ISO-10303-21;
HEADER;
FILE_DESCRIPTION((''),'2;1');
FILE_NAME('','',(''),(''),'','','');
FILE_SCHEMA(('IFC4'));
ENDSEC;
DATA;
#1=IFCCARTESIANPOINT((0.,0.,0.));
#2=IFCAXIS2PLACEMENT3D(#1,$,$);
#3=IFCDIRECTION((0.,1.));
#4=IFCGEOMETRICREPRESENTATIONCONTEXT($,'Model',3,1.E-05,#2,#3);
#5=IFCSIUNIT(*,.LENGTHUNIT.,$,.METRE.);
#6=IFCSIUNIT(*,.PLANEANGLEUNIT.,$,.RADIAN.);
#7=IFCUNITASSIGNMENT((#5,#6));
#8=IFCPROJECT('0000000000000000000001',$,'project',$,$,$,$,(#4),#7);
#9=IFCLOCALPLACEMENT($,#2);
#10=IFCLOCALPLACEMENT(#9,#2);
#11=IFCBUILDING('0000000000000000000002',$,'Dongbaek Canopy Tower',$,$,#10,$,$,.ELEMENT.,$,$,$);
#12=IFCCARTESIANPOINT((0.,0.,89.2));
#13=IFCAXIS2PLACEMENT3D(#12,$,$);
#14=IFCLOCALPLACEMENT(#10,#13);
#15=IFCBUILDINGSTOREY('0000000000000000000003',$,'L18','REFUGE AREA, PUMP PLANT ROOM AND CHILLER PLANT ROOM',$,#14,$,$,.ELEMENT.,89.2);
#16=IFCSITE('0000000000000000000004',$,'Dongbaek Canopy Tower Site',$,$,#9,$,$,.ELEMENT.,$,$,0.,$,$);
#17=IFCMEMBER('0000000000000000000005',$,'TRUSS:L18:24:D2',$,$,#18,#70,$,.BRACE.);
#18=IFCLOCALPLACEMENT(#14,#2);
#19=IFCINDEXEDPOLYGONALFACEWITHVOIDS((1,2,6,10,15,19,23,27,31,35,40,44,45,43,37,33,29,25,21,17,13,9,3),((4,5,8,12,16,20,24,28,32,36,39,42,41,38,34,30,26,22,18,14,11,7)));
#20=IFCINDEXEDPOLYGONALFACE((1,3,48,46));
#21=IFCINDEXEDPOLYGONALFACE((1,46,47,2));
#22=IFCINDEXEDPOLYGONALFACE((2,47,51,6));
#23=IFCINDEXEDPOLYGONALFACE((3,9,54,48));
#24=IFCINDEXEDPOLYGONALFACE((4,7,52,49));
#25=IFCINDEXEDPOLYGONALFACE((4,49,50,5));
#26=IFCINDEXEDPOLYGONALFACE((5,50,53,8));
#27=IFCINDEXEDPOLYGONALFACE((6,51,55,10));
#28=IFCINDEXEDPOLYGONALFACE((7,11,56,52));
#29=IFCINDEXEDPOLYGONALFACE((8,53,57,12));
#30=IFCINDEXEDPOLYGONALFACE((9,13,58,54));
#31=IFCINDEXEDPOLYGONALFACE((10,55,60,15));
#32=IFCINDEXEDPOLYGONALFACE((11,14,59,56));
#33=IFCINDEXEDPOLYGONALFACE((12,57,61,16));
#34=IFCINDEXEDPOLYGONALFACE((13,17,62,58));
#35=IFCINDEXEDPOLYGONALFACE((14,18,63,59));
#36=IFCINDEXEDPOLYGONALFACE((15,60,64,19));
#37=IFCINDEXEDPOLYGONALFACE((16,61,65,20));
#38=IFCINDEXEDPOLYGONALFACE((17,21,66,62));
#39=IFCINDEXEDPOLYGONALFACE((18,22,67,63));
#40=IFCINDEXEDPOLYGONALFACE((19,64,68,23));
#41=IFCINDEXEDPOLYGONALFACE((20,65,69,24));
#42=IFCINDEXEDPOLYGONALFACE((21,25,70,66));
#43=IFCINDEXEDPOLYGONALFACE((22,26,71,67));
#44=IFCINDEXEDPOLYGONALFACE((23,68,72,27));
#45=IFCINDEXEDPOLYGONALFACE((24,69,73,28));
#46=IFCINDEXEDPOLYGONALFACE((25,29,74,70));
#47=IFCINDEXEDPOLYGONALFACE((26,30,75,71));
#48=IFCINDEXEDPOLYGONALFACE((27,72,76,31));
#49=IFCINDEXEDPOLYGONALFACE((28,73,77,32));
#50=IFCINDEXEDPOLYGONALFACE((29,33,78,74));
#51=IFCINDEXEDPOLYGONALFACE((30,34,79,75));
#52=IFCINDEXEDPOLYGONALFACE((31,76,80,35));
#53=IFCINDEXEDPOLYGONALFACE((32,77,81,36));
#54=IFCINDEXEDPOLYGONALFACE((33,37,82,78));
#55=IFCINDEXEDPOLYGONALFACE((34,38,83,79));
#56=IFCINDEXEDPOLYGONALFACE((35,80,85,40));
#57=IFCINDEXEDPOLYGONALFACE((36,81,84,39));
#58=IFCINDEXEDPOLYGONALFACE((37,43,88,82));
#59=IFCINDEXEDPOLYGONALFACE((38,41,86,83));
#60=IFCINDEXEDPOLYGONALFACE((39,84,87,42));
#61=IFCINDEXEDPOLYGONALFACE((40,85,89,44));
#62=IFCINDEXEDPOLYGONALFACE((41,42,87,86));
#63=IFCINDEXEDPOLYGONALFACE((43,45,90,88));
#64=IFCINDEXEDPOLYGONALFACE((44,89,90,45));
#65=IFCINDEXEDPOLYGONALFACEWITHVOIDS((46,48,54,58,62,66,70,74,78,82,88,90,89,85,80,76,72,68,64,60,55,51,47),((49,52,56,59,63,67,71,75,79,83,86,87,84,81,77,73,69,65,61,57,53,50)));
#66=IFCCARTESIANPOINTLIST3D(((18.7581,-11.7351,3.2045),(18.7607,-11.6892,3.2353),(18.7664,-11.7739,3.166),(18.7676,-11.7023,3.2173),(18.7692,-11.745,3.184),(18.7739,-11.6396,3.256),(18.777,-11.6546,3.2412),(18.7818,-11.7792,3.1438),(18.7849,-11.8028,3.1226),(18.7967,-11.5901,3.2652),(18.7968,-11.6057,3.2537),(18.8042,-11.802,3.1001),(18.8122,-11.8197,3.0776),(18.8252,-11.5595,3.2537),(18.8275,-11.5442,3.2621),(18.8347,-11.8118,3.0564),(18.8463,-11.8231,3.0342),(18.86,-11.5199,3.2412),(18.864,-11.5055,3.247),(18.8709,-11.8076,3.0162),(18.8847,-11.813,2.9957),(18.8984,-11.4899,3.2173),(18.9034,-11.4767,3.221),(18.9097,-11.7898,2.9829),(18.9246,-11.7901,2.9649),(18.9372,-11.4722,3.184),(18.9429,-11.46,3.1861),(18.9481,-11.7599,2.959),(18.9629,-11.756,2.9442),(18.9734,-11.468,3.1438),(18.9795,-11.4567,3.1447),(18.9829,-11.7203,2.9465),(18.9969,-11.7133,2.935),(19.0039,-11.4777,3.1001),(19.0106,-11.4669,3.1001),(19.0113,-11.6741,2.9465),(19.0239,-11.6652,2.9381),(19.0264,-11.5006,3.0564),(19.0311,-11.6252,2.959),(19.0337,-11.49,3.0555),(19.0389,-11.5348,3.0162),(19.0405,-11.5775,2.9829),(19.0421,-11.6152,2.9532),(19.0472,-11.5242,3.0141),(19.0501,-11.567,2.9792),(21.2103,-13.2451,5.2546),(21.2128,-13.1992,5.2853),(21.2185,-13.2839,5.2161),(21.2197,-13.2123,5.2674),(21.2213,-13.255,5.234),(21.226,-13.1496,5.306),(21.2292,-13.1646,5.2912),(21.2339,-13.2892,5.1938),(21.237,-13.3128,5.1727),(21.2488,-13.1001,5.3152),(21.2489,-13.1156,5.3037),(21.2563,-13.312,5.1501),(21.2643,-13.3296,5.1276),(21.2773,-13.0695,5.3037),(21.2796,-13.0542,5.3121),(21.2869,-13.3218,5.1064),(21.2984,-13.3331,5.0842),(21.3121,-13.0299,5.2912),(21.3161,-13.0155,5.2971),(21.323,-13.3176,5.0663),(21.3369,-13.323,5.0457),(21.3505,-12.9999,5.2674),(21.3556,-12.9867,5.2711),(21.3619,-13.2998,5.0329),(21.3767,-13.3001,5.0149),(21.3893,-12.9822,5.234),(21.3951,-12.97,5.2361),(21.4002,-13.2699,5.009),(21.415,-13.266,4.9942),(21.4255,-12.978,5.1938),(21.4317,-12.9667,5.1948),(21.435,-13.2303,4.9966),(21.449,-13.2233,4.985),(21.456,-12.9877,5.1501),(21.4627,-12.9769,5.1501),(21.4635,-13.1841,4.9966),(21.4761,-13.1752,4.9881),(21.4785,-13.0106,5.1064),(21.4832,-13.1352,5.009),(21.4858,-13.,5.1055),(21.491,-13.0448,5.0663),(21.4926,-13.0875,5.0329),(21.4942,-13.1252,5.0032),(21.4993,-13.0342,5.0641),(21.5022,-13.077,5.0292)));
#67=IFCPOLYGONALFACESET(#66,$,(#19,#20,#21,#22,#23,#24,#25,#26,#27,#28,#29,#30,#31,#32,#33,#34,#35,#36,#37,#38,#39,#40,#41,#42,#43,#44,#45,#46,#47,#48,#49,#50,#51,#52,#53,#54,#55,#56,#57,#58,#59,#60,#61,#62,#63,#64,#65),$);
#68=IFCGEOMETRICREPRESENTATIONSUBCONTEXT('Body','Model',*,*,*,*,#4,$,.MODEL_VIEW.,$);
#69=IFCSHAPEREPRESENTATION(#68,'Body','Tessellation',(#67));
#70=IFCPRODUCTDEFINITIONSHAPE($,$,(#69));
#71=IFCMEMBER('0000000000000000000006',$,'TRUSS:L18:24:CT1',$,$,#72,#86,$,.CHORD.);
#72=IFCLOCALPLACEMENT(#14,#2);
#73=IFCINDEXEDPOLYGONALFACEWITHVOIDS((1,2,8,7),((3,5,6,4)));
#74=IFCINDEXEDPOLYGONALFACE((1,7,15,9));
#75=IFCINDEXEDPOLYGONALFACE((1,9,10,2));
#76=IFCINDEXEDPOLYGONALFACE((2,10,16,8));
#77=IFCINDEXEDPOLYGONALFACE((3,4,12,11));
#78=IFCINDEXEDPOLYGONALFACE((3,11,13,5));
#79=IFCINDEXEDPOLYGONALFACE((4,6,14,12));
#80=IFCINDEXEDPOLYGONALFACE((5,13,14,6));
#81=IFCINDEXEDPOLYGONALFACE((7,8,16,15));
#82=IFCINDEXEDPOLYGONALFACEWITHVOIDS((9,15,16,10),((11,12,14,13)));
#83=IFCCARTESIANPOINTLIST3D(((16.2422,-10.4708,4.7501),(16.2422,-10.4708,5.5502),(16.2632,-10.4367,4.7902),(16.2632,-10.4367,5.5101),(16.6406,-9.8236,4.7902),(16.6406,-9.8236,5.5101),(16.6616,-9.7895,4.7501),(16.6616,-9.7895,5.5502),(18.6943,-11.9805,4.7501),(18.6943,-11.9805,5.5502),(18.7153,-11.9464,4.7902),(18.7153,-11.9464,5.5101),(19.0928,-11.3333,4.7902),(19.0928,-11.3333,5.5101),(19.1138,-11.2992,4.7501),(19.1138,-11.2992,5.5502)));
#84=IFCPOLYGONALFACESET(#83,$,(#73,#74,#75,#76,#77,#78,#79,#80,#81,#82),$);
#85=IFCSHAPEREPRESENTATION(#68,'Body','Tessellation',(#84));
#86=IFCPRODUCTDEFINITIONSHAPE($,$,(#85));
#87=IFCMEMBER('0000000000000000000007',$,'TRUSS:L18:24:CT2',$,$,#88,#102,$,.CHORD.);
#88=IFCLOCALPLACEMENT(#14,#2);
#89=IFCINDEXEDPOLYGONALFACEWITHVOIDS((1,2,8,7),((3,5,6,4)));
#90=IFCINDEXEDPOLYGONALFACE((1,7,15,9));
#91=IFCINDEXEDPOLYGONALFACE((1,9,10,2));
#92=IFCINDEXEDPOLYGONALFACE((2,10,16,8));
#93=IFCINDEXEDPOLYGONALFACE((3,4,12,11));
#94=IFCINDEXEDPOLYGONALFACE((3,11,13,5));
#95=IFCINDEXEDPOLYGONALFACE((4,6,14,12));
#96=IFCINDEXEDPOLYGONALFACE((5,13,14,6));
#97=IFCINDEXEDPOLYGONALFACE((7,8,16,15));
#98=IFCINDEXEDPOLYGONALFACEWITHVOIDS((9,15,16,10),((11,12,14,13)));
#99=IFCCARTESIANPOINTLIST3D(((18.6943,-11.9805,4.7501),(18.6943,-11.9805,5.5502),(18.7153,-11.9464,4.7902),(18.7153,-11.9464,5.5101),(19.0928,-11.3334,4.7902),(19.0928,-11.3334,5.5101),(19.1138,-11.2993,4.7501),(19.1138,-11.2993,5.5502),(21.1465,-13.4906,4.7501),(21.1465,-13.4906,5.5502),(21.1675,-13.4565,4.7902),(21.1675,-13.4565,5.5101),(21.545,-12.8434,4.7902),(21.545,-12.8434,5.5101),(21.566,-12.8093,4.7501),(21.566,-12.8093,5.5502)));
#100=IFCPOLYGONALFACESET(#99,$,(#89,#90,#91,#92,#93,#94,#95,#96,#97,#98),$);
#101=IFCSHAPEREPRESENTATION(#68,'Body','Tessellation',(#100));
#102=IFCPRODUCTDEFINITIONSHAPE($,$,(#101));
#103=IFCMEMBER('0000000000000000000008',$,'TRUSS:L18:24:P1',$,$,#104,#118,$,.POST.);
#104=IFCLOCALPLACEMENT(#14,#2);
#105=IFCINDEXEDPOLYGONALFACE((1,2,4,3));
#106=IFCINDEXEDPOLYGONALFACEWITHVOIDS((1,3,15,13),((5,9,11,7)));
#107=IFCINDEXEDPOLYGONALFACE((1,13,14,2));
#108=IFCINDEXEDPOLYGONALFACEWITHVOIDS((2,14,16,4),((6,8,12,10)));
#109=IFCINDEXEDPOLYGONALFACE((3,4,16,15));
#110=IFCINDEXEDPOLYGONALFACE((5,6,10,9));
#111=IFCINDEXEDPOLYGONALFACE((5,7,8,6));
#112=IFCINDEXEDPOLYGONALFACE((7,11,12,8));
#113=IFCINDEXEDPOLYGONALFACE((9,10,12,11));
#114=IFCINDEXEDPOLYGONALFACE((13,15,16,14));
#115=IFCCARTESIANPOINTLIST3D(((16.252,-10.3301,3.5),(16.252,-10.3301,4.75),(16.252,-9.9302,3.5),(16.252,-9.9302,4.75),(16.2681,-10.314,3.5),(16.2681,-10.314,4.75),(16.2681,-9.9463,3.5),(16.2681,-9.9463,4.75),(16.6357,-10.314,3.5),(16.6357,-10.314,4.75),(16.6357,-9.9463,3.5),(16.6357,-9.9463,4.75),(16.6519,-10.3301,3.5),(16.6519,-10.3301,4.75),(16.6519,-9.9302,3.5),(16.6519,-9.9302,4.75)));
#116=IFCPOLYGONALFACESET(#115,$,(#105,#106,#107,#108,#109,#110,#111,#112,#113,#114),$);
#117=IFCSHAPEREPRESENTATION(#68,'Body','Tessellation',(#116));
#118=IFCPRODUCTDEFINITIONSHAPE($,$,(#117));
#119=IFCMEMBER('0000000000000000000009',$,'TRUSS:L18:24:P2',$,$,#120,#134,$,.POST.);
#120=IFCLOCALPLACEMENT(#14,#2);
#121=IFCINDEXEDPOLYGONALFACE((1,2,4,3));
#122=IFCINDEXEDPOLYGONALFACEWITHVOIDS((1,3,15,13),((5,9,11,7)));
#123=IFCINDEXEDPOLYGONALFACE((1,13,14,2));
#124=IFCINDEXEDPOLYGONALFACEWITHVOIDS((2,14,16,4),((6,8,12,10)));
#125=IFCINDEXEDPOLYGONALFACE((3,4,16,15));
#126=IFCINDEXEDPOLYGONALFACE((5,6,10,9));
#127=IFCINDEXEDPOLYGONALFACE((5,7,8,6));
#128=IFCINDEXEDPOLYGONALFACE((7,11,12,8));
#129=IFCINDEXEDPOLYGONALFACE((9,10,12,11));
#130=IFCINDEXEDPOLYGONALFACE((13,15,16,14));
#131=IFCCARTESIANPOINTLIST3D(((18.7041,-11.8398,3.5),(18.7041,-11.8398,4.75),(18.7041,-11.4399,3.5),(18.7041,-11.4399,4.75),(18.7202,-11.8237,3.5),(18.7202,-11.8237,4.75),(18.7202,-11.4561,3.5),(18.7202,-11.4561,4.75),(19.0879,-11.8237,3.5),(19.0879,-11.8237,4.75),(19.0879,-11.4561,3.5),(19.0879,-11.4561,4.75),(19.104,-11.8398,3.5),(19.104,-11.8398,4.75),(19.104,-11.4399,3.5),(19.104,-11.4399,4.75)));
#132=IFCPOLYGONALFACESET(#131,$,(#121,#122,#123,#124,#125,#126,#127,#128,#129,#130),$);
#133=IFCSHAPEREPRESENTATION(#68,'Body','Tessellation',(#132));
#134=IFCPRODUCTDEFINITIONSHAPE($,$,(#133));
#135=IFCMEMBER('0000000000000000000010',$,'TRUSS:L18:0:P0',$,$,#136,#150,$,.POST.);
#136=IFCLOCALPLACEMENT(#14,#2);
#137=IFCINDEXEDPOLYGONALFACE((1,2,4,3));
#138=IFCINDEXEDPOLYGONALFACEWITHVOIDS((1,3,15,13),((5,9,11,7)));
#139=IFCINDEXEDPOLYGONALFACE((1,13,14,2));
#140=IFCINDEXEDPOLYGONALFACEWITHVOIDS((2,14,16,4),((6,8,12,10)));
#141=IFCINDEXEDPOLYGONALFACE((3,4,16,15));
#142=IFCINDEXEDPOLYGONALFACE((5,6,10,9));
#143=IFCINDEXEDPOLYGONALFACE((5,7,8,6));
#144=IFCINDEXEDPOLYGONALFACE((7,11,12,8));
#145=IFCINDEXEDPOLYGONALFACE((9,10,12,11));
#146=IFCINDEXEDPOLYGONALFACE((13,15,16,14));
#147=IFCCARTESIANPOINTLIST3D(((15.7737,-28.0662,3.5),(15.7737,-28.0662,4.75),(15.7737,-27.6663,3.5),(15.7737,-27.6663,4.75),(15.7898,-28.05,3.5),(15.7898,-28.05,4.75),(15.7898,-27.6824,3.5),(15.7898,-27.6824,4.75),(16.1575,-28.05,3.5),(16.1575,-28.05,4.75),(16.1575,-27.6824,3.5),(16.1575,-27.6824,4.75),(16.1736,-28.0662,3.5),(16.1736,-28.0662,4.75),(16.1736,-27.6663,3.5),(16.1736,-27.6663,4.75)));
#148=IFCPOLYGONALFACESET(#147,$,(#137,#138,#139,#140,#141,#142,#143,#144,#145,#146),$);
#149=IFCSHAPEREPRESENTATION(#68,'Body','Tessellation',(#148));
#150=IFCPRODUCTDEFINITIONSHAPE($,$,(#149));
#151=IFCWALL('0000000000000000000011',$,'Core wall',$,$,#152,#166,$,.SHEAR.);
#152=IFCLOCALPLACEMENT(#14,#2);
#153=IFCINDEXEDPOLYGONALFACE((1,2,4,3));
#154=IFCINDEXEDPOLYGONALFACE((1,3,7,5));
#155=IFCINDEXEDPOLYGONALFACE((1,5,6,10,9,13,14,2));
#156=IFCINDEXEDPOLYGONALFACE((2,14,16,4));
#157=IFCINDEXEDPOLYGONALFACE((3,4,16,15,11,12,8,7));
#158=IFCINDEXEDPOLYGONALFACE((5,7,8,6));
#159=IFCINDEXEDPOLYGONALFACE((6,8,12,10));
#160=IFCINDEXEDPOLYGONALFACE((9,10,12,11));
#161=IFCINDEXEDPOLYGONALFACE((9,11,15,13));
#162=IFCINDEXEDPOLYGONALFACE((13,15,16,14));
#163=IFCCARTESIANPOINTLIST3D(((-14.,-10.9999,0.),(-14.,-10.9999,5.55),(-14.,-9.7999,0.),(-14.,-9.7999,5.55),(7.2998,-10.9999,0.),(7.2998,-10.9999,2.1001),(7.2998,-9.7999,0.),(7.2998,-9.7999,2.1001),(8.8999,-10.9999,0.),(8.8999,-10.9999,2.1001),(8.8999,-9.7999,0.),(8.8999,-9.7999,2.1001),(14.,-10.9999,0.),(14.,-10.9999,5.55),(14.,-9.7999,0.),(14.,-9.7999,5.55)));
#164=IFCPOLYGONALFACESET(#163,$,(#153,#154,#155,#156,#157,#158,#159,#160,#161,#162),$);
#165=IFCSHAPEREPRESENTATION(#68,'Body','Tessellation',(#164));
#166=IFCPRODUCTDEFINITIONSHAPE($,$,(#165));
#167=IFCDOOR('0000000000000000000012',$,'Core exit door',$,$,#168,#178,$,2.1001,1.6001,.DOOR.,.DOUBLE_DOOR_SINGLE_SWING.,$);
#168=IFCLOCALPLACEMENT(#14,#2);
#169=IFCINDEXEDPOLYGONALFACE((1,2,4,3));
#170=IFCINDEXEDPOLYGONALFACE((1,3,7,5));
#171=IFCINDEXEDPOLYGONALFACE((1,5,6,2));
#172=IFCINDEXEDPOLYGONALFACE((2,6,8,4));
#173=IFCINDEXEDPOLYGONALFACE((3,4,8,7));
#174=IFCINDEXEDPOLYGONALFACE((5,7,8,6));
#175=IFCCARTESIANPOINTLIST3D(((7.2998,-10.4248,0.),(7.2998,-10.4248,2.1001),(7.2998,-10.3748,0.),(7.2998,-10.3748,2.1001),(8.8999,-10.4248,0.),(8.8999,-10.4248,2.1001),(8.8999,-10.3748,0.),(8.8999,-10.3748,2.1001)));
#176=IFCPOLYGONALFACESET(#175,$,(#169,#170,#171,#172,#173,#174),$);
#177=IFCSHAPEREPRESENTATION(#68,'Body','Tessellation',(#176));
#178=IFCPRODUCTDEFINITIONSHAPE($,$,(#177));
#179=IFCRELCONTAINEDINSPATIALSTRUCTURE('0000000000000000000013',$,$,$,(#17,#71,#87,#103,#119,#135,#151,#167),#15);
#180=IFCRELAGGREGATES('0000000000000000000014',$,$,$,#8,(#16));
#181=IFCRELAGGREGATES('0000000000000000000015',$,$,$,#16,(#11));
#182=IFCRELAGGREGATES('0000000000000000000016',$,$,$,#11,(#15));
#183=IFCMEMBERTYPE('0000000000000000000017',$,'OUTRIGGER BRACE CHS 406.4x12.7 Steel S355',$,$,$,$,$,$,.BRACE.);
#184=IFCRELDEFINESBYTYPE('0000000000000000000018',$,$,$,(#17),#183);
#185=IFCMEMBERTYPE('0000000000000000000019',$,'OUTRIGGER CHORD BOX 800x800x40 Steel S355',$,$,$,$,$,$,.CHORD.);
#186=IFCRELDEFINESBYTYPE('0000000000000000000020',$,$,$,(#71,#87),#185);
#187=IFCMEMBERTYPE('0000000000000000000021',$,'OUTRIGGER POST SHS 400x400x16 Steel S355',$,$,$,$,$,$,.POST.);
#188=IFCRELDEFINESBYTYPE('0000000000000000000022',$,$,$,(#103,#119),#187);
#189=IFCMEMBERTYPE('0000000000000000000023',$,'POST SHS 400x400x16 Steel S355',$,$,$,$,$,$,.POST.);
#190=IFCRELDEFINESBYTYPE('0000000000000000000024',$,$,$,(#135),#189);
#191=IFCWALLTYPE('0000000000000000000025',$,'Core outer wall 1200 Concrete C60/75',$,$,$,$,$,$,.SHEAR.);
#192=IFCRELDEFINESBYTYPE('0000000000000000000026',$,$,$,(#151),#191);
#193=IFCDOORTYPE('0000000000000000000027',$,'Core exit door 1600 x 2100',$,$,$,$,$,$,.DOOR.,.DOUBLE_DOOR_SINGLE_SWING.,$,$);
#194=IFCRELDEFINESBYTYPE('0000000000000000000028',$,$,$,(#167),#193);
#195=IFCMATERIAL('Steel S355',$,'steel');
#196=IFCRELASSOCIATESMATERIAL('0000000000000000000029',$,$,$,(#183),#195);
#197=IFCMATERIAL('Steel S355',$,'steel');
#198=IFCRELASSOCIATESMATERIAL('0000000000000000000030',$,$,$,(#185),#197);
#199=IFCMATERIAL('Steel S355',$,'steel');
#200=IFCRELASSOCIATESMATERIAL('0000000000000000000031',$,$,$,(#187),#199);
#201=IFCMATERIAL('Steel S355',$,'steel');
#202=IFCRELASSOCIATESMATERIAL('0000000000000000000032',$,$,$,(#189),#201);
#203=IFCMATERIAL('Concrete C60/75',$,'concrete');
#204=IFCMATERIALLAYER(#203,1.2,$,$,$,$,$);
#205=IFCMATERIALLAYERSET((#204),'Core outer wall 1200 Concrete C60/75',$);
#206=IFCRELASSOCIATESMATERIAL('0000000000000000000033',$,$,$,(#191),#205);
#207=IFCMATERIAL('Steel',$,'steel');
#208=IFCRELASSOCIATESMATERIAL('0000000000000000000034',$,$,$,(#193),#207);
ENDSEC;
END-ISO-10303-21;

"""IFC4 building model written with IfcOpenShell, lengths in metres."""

from ifc_helpers import new_model, si_unit, direction, frame, frame_2d, origin, origin_2d, place, context, subcontext, project, spatial, rectangle, hollow_rectangle, hollow_circle, extrude, material, layer, layer_set, material_profile, profile_set, type_object, element, fill, save


model = new_model("IFC4")

# Units and contexts
model_context = context("Model", 3, precision=1e-05, world=origin(), true_north=direction((0.0, 1.0)))
body_context = subcontext(model_context, "Body", "Model", "MODEL_VIEW")
ifc_project = project(units=[si_unit("LENGTHUNIT", "METRE"), si_unit("PLANEANGLEUNIT", "RADIAN")], contexts=[model_context])

# Site, building, storey
site_placement = place(None, origin())
site = spatial("IfcSite", under=ifc_project, at=site_placement, Name="Dongbaek Canopy Tower Site", CompositionType="ELEMENT", RefElevation=0.0)
building_placement = place(site_placement, origin())
building = spatial("IfcBuilding", under=site, at=building_placement, Name="Dongbaek Canopy Tower", CompositionType="ELEMENT")
storey_placement = place(building_placement, frame((0.0, 0.0, 89.2)))
storey = spatial("IfcBuildingStorey", under=building, at=storey_placement, Name="L18", Description="REFUGE AREA, PUMP PLANT ROOM AND CHILLER PLANT ROOM", CompositionType="ELEMENT", Elevation=89.2)

# Members
ifc_material_1 = material(Name="Steel S355", Category="steel")
ifc_material_profile_1 = material_profile(ifc_material_1, hollow_circle(Radius=0.2031, WallThickness=0.0127, at=origin_2d()), Name="OUTRIGGER BRACE CHS 406.4x12.7 Steel S355")
ifc_profile_set_1 = profile_set([ifc_material_profile_1], Name="Steel S355")
member_type_1 = type_object("IfcMemberType", Name="OUTRIGGER BRACE CHS 406.4x12.7 Steel S355", PredefinedType="BRACE", material=ifc_profile_set_1)
for number, where, z_axis, x_axis, name in (
    (1, (18.9041, -11.6399, 3.1001), (0.693687, -0.427166, 0.579937), (0.524348, 0.851504, 0.0), "TRUSS:L18:24:D2"),
):
    element("IfcMember", number, at=place(storey_placement, frame(where, z_axis=z_axis, x_axis=x_axis)), inside=storey, type_object=member_type_1, Name=name, PredefinedType="BRACE", context=body_context, shape_type="SweptSolid", body=[
        extrude(hollow_circle(Radius=0.2031, WallThickness=0.0127, at=origin_2d()), origin(), (0.0, 0.0, 1.0), 3.5349),
    ])
ifc_material_2 = material(Name="Steel S355", Category="steel")
ifc_material_profile_2 = material_profile(ifc_material_2, hollow_rectangle(XDim=0.8, YDim=0.8, WallThickness=0.04, at=origin_2d()), Name="OUTRIGGER CHORD BOX 800x800x40 Steel S355")
ifc_profile_set_2 = profile_set([ifc_material_profile_2], Name="Steel S355")
member_type_2 = type_object("IfcMemberType", Name="OUTRIGGER CHORD BOX 800x800x40 Steel S355", PredefinedType="CHORD", material=ifc_profile_set_2)
member_1_placement = place(storey_placement, frame((16.4519, -10.1301, 5.1501), z_axis=(0.851542, -0.524287, 0.0), x_axis=(0.524287, 0.851542, 0.0)))
element("IfcMember", 2, at=member_1_placement, inside=storey, type_object=member_type_2, Name="TRUSS:L18:24:CT1", PredefinedType="CHORD", context=body_context, shape_type="SweptSolid", body=[
    extrude(hollow_rectangle(XDim=0.8, YDim=0.8, WallThickness=0.04, at=origin_2d()), origin(), (0.0, 0.0, 1.0), 2.8796),
])
member_2_placement = place(storey_placement, frame((18.9041, -11.6399, 5.1501), z_axis=(0.851504, -0.524348, 0.0), x_axis=(0.524348, 0.851504, 0.0)))
element("IfcMember", 3, at=member_2_placement, inside=storey, type_object=member_type_2, Name="TRUSS:L18:24:CT2", PredefinedType="CHORD", context=body_context, shape_type="SweptSolid", body=[
    extrude(hollow_rectangle(XDim=0.8, YDim=0.8, WallThickness=0.04, at=origin_2d()), origin(), (0.0, 0.0, 1.0), 2.8799),
])
ifc_material_3 = material(Name="Steel S355", Category="steel")
ifc_material_profile_3 = material_profile(ifc_material_3, hollow_rectangle(XDim=0.3999, YDim=0.3999, WallThickness=0.0161, at=origin_2d()), Name="OUTRIGGER POST SHS 400x400x16 Steel S355")
ifc_profile_set_3 = profile_set([ifc_material_profile_3], Name="Steel S355")
member_type_3 = type_object("IfcMemberType", Name="OUTRIGGER POST SHS 400x400x16 Steel S355", PredefinedType="POST", material=ifc_profile_set_3)
for number, where, z_axis, x_axis, name in (
    (4, (16.4519, -10.1301, 3.5), (0.0, 0.0, 1.0), (1.0, 0.0, 0.0), "TRUSS:L18:24:P1"),
    (5, (18.9041, -11.6399, 3.5), (0.0, 0.0, 1.0), (1.0, 0.0, 0.0), "TRUSS:L18:24:P2"),
):
    element("IfcMember", number, at=place(storey_placement, frame(where, z_axis=z_axis, x_axis=x_axis)), inside=storey, type_object=member_type_3, Name=name, PredefinedType="POST", context=body_context, shape_type="SweptSolid", body=[
        extrude(hollow_rectangle(XDim=0.3999, YDim=0.3999, WallThickness=0.0161, at=origin_2d()), origin(), (0.0, 0.0, 1.0), 1.25),
    ])
ifc_material_4 = material(Name="Steel S355", Category="steel")
ifc_material_profile_4 = material_profile(ifc_material_4, hollow_rectangle(XDim=0.3999, YDim=0.3999, WallThickness=0.0161, at=origin_2d()), Name="POST SHS 400x400x16 Steel S355")
ifc_profile_set_4 = profile_set([ifc_material_profile_4], Name="Steel S355")
member_type_4 = type_object("IfcMemberType", Name="POST SHS 400x400x16 Steel S355", PredefinedType="POST", material=ifc_profile_set_4)
member_3_placement = place(storey_placement, frame((15.9736, -27.8662, 3.5), z_axis=(0.0, 0.0, 1.0), x_axis=(1.0, 0.0, 0.0)))
element("IfcMember", 6, at=member_3_placement, inside=storey, type_object=member_type_4, Name="TRUSS:L18:0:P0", PredefinedType="POST", context=body_context, shape_type="SweptSolid", body=[
    extrude(hollow_rectangle(XDim=0.3999, YDim=0.3999, WallThickness=0.0161, at=origin_2d()), origin(), (0.0, 0.0, 1.0), 1.25),
])

# Wall, opening, door
ifc_material_5 = material(Name="Concrete C60/75", Category="concrete")
ifc_layer_1 = layer(ifc_material_5, 1.2)
ifc_layer_set_1 = layer_set([ifc_layer_1], Name="Core outer wall 1200 Concrete C60/75")
wall_type_1 = type_object("IfcWallType", Name="Core outer wall 1200 Concrete C60/75", PredefinedType="SHEAR", material=ifc_layer_set_1)
wall_1_placement = place(storey_placement, frame((14.0, -10.3999, 0.0), z_axis=(0.0, 0.0, 1.0), x_axis=(-1.0, 0.0, 0.0)))
wall_1 = element("IfcWall", 7, at=wall_1_placement, inside=storey, type_object=wall_type_1, Name="Core wall", PredefinedType="SHEAR", context=body_context, shape_type="SweptSolid", body=[
    extrude(rectangle(XDim=28.0, YDim=1.2, at=frame_2d((14.0, 0.0))), origin(), (0.0, 0.0, 1.0), 5.55),
])
opening_1_placement = place(wall_1_placement, frame((5.1001, 0.0, 0.0)))
opening_1 = element("IfcOpeningElement", 8, at=opening_1_placement, cuts=wall_1, PredefinedType="OPENING", context=body_context, shape_type="SweptSolid", body=[
    extrude(rectangle(XDim=1.6001, YDim=2.1001, at=frame_2d((0.8, 1.05))), frame((0.0, 0.6099, 0.0), z_axis=(0.0, -1.0, 0.0), x_axis=(1.0, 0.0, 0.0)), (0.0, 0.0, 1.0), 1.22),
])
ifc_material_6 = material(Name="Steel", Category="steel")
door_type_1 = type_object("IfcDoorType", Name="Core exit door 1600 x 2100", OperationType="DOUBLE_DOOR_SINGLE_SWING", PredefinedType="DOOR", material=ifc_material_6)
door_1_placement = place(opening_1_placement, origin())
door_1 = element("IfcDoor", 9, at=door_1_placement, inside=storey, type_object=door_type_1, Name="Core exit door", OperationType="DOUBLE_DOOR_SINGLE_SWING", OverallHeight=2.1001, OverallWidth=1.6001, PredefinedType="DOOR", context=body_context, shape_type="SweptSolid", body=[
    extrude(rectangle(XDim=1.6001, YDim=2.1001, at=frame_2d((0.8, 1.05))), frame((0.0, 0.0249, 0.0), z_axis=(0.0, -1.0, 0.0), x_axis=(1.0, 0.0, 0.0)), (0.0, 0.0, 1.0), 0.05),
])
fill(opening_1, door_1)

save(model, "model.ifc")
